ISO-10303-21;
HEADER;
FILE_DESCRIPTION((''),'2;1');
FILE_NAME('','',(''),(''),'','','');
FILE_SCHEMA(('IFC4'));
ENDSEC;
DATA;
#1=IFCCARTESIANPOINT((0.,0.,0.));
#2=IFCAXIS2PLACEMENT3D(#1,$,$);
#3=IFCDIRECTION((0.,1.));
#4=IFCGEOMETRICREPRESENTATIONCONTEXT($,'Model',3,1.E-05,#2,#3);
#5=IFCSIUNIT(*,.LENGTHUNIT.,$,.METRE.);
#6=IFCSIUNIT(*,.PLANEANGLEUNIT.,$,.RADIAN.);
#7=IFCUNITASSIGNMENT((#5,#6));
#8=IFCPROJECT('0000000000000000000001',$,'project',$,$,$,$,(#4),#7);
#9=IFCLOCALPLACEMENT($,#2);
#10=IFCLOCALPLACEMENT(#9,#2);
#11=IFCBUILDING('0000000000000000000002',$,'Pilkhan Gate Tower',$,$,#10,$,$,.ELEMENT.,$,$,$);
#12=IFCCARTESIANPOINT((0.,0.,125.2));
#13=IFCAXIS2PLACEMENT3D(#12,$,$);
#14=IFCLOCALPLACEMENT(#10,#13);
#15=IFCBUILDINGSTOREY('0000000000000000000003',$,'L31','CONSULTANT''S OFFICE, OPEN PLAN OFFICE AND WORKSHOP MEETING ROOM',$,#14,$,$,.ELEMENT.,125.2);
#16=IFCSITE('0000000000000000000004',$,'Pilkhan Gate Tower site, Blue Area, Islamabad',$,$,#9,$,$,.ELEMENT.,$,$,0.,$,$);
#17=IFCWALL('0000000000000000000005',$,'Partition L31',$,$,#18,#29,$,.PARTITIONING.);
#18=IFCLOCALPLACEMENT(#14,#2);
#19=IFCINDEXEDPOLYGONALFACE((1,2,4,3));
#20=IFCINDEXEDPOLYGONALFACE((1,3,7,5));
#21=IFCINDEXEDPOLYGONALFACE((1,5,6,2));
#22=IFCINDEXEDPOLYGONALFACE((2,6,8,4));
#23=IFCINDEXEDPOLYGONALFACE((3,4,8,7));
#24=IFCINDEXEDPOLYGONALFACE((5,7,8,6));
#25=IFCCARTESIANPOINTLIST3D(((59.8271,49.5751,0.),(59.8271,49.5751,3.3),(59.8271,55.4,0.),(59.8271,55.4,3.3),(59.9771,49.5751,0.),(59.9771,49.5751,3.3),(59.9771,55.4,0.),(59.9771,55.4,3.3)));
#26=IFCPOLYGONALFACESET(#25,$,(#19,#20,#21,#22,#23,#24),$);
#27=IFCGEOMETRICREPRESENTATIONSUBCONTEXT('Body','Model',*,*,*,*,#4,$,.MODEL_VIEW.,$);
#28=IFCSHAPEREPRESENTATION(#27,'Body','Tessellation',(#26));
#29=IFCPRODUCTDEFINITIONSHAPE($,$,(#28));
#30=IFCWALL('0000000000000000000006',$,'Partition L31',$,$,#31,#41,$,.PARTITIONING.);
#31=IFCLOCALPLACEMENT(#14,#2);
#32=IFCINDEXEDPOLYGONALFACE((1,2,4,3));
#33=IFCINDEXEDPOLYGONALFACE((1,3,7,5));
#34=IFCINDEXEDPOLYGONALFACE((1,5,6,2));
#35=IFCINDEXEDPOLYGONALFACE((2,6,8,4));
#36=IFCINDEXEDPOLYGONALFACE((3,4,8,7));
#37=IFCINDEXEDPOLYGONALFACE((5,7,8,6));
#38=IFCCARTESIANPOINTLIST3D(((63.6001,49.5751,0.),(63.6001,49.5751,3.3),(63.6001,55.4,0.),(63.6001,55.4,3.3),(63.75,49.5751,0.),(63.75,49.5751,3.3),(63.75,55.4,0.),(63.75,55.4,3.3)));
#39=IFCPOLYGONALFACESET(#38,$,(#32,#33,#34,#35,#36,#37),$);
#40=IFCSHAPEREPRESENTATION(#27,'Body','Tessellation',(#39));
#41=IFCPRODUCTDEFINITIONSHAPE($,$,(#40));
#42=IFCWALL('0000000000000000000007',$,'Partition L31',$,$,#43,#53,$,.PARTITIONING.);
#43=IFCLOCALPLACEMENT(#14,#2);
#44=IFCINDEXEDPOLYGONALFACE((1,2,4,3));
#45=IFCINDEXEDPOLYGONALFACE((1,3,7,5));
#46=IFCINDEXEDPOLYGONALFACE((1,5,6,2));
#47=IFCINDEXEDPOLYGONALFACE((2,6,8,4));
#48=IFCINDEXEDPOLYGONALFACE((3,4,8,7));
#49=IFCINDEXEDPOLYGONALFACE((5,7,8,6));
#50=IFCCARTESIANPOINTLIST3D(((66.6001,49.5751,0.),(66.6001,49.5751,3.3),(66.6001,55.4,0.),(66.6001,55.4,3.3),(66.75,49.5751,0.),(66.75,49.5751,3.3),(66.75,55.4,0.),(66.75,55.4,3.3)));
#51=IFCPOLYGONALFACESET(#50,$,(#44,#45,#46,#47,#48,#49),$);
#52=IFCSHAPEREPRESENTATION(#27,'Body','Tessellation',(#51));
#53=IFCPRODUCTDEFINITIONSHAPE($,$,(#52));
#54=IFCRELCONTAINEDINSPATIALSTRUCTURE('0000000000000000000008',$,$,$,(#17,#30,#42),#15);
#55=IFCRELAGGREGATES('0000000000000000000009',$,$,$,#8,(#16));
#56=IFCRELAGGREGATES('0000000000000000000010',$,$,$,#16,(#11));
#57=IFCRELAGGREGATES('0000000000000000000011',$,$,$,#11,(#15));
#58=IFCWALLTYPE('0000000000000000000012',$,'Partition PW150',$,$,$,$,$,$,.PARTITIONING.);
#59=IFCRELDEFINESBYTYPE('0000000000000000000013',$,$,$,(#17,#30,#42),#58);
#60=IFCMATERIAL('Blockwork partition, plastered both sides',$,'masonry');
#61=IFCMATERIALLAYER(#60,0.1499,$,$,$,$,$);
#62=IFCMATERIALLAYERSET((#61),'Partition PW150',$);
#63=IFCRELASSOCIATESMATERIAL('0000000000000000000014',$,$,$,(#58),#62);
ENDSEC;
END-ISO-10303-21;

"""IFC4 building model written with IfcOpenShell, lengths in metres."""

from ifc_helpers import new_model, si_unit, direction, frame, frame_2d, origin, place, context, subcontext, project, spatial, rectangle, extrude, material, layer, layer_set, type_object, element, save


model = new_model("IFC4")

# Units and contexts
model_context = context("Model", 3, precision=1e-05, world=origin(), true_north=direction((0.0, 1.0)))
body_context = subcontext(model_context, "Body", "Model", "MODEL_VIEW")
ifc_project = project(units=[si_unit("LENGTHUNIT", "METRE"), si_unit("PLANEANGLEUNIT", "RADIAN")], contexts=[model_context])

# Site, building, storey
site_placement = place(None, origin())
site = spatial("IfcSite", under=ifc_project, at=site_placement, Name="Pilkhan Gate Tower site, Blue Area, Islamabad", CompositionType="ELEMENT", RefElevation=0.0)
building_placement = place(site_placement, origin())
building = spatial("IfcBuilding", under=site, at=building_placement, Name="Pilkhan Gate Tower", CompositionType="ELEMENT")
storey_placement = place(building_placement, frame((0.0, 0.0, 125.2)))
storey = spatial("IfcBuildingStorey", under=building, at=storey_placement, Name="L31", Description="CONSULTANT'S OFFICE, OPEN PLAN OFFICE AND WORKSHOP MEETING ROOM", CompositionType="ELEMENT", Elevation=125.2)

# Walls
ifc_material_1 = material(Name="Blockwork partition, plastered both sides", Category="masonry")
ifc_layer_1 = layer(ifc_material_1, 0.1499)
ifc_layer_set_1 = layer_set([ifc_layer_1], Name="Partition PW150")
wall_type = type_object("IfcWallType", Name="Partition PW150", PredefinedType="PARTITIONING", material=ifc_layer_set_1)
for number, where, z_axis, x_axis, name in (
    (1, (59.9021, 49.575, 0.0), (0.0, 0.0, 1.0), (0.0, 1.0, 0.0), "Partition L31"),
    (2, (63.675, 49.575, 0.0), (0.0, 0.0, 1.0), (0.0, 1.0, 0.0), "Partition L31"),
    (3, (66.675, 49.575, 0.0), (0.0, 0.0, 1.0), (0.0, 1.0, 0.0), "Partition L31"),
):
    element("IfcWall", number, at=place(storey_placement, frame(where, z_axis=z_axis, x_axis=x_axis)), inside=storey, type_object=wall_type, Name=name, PredefinedType="PARTITIONING", context=body_context, shape_type="SweptSolid", body=[
        extrude(rectangle(XDim=5.825, YDim=0.1499, at=frame_2d((2.9126, 0.0))), origin(), (0.0, 0.0, 1.0), 3.3),
    ])

save(model, "model.ifc")
